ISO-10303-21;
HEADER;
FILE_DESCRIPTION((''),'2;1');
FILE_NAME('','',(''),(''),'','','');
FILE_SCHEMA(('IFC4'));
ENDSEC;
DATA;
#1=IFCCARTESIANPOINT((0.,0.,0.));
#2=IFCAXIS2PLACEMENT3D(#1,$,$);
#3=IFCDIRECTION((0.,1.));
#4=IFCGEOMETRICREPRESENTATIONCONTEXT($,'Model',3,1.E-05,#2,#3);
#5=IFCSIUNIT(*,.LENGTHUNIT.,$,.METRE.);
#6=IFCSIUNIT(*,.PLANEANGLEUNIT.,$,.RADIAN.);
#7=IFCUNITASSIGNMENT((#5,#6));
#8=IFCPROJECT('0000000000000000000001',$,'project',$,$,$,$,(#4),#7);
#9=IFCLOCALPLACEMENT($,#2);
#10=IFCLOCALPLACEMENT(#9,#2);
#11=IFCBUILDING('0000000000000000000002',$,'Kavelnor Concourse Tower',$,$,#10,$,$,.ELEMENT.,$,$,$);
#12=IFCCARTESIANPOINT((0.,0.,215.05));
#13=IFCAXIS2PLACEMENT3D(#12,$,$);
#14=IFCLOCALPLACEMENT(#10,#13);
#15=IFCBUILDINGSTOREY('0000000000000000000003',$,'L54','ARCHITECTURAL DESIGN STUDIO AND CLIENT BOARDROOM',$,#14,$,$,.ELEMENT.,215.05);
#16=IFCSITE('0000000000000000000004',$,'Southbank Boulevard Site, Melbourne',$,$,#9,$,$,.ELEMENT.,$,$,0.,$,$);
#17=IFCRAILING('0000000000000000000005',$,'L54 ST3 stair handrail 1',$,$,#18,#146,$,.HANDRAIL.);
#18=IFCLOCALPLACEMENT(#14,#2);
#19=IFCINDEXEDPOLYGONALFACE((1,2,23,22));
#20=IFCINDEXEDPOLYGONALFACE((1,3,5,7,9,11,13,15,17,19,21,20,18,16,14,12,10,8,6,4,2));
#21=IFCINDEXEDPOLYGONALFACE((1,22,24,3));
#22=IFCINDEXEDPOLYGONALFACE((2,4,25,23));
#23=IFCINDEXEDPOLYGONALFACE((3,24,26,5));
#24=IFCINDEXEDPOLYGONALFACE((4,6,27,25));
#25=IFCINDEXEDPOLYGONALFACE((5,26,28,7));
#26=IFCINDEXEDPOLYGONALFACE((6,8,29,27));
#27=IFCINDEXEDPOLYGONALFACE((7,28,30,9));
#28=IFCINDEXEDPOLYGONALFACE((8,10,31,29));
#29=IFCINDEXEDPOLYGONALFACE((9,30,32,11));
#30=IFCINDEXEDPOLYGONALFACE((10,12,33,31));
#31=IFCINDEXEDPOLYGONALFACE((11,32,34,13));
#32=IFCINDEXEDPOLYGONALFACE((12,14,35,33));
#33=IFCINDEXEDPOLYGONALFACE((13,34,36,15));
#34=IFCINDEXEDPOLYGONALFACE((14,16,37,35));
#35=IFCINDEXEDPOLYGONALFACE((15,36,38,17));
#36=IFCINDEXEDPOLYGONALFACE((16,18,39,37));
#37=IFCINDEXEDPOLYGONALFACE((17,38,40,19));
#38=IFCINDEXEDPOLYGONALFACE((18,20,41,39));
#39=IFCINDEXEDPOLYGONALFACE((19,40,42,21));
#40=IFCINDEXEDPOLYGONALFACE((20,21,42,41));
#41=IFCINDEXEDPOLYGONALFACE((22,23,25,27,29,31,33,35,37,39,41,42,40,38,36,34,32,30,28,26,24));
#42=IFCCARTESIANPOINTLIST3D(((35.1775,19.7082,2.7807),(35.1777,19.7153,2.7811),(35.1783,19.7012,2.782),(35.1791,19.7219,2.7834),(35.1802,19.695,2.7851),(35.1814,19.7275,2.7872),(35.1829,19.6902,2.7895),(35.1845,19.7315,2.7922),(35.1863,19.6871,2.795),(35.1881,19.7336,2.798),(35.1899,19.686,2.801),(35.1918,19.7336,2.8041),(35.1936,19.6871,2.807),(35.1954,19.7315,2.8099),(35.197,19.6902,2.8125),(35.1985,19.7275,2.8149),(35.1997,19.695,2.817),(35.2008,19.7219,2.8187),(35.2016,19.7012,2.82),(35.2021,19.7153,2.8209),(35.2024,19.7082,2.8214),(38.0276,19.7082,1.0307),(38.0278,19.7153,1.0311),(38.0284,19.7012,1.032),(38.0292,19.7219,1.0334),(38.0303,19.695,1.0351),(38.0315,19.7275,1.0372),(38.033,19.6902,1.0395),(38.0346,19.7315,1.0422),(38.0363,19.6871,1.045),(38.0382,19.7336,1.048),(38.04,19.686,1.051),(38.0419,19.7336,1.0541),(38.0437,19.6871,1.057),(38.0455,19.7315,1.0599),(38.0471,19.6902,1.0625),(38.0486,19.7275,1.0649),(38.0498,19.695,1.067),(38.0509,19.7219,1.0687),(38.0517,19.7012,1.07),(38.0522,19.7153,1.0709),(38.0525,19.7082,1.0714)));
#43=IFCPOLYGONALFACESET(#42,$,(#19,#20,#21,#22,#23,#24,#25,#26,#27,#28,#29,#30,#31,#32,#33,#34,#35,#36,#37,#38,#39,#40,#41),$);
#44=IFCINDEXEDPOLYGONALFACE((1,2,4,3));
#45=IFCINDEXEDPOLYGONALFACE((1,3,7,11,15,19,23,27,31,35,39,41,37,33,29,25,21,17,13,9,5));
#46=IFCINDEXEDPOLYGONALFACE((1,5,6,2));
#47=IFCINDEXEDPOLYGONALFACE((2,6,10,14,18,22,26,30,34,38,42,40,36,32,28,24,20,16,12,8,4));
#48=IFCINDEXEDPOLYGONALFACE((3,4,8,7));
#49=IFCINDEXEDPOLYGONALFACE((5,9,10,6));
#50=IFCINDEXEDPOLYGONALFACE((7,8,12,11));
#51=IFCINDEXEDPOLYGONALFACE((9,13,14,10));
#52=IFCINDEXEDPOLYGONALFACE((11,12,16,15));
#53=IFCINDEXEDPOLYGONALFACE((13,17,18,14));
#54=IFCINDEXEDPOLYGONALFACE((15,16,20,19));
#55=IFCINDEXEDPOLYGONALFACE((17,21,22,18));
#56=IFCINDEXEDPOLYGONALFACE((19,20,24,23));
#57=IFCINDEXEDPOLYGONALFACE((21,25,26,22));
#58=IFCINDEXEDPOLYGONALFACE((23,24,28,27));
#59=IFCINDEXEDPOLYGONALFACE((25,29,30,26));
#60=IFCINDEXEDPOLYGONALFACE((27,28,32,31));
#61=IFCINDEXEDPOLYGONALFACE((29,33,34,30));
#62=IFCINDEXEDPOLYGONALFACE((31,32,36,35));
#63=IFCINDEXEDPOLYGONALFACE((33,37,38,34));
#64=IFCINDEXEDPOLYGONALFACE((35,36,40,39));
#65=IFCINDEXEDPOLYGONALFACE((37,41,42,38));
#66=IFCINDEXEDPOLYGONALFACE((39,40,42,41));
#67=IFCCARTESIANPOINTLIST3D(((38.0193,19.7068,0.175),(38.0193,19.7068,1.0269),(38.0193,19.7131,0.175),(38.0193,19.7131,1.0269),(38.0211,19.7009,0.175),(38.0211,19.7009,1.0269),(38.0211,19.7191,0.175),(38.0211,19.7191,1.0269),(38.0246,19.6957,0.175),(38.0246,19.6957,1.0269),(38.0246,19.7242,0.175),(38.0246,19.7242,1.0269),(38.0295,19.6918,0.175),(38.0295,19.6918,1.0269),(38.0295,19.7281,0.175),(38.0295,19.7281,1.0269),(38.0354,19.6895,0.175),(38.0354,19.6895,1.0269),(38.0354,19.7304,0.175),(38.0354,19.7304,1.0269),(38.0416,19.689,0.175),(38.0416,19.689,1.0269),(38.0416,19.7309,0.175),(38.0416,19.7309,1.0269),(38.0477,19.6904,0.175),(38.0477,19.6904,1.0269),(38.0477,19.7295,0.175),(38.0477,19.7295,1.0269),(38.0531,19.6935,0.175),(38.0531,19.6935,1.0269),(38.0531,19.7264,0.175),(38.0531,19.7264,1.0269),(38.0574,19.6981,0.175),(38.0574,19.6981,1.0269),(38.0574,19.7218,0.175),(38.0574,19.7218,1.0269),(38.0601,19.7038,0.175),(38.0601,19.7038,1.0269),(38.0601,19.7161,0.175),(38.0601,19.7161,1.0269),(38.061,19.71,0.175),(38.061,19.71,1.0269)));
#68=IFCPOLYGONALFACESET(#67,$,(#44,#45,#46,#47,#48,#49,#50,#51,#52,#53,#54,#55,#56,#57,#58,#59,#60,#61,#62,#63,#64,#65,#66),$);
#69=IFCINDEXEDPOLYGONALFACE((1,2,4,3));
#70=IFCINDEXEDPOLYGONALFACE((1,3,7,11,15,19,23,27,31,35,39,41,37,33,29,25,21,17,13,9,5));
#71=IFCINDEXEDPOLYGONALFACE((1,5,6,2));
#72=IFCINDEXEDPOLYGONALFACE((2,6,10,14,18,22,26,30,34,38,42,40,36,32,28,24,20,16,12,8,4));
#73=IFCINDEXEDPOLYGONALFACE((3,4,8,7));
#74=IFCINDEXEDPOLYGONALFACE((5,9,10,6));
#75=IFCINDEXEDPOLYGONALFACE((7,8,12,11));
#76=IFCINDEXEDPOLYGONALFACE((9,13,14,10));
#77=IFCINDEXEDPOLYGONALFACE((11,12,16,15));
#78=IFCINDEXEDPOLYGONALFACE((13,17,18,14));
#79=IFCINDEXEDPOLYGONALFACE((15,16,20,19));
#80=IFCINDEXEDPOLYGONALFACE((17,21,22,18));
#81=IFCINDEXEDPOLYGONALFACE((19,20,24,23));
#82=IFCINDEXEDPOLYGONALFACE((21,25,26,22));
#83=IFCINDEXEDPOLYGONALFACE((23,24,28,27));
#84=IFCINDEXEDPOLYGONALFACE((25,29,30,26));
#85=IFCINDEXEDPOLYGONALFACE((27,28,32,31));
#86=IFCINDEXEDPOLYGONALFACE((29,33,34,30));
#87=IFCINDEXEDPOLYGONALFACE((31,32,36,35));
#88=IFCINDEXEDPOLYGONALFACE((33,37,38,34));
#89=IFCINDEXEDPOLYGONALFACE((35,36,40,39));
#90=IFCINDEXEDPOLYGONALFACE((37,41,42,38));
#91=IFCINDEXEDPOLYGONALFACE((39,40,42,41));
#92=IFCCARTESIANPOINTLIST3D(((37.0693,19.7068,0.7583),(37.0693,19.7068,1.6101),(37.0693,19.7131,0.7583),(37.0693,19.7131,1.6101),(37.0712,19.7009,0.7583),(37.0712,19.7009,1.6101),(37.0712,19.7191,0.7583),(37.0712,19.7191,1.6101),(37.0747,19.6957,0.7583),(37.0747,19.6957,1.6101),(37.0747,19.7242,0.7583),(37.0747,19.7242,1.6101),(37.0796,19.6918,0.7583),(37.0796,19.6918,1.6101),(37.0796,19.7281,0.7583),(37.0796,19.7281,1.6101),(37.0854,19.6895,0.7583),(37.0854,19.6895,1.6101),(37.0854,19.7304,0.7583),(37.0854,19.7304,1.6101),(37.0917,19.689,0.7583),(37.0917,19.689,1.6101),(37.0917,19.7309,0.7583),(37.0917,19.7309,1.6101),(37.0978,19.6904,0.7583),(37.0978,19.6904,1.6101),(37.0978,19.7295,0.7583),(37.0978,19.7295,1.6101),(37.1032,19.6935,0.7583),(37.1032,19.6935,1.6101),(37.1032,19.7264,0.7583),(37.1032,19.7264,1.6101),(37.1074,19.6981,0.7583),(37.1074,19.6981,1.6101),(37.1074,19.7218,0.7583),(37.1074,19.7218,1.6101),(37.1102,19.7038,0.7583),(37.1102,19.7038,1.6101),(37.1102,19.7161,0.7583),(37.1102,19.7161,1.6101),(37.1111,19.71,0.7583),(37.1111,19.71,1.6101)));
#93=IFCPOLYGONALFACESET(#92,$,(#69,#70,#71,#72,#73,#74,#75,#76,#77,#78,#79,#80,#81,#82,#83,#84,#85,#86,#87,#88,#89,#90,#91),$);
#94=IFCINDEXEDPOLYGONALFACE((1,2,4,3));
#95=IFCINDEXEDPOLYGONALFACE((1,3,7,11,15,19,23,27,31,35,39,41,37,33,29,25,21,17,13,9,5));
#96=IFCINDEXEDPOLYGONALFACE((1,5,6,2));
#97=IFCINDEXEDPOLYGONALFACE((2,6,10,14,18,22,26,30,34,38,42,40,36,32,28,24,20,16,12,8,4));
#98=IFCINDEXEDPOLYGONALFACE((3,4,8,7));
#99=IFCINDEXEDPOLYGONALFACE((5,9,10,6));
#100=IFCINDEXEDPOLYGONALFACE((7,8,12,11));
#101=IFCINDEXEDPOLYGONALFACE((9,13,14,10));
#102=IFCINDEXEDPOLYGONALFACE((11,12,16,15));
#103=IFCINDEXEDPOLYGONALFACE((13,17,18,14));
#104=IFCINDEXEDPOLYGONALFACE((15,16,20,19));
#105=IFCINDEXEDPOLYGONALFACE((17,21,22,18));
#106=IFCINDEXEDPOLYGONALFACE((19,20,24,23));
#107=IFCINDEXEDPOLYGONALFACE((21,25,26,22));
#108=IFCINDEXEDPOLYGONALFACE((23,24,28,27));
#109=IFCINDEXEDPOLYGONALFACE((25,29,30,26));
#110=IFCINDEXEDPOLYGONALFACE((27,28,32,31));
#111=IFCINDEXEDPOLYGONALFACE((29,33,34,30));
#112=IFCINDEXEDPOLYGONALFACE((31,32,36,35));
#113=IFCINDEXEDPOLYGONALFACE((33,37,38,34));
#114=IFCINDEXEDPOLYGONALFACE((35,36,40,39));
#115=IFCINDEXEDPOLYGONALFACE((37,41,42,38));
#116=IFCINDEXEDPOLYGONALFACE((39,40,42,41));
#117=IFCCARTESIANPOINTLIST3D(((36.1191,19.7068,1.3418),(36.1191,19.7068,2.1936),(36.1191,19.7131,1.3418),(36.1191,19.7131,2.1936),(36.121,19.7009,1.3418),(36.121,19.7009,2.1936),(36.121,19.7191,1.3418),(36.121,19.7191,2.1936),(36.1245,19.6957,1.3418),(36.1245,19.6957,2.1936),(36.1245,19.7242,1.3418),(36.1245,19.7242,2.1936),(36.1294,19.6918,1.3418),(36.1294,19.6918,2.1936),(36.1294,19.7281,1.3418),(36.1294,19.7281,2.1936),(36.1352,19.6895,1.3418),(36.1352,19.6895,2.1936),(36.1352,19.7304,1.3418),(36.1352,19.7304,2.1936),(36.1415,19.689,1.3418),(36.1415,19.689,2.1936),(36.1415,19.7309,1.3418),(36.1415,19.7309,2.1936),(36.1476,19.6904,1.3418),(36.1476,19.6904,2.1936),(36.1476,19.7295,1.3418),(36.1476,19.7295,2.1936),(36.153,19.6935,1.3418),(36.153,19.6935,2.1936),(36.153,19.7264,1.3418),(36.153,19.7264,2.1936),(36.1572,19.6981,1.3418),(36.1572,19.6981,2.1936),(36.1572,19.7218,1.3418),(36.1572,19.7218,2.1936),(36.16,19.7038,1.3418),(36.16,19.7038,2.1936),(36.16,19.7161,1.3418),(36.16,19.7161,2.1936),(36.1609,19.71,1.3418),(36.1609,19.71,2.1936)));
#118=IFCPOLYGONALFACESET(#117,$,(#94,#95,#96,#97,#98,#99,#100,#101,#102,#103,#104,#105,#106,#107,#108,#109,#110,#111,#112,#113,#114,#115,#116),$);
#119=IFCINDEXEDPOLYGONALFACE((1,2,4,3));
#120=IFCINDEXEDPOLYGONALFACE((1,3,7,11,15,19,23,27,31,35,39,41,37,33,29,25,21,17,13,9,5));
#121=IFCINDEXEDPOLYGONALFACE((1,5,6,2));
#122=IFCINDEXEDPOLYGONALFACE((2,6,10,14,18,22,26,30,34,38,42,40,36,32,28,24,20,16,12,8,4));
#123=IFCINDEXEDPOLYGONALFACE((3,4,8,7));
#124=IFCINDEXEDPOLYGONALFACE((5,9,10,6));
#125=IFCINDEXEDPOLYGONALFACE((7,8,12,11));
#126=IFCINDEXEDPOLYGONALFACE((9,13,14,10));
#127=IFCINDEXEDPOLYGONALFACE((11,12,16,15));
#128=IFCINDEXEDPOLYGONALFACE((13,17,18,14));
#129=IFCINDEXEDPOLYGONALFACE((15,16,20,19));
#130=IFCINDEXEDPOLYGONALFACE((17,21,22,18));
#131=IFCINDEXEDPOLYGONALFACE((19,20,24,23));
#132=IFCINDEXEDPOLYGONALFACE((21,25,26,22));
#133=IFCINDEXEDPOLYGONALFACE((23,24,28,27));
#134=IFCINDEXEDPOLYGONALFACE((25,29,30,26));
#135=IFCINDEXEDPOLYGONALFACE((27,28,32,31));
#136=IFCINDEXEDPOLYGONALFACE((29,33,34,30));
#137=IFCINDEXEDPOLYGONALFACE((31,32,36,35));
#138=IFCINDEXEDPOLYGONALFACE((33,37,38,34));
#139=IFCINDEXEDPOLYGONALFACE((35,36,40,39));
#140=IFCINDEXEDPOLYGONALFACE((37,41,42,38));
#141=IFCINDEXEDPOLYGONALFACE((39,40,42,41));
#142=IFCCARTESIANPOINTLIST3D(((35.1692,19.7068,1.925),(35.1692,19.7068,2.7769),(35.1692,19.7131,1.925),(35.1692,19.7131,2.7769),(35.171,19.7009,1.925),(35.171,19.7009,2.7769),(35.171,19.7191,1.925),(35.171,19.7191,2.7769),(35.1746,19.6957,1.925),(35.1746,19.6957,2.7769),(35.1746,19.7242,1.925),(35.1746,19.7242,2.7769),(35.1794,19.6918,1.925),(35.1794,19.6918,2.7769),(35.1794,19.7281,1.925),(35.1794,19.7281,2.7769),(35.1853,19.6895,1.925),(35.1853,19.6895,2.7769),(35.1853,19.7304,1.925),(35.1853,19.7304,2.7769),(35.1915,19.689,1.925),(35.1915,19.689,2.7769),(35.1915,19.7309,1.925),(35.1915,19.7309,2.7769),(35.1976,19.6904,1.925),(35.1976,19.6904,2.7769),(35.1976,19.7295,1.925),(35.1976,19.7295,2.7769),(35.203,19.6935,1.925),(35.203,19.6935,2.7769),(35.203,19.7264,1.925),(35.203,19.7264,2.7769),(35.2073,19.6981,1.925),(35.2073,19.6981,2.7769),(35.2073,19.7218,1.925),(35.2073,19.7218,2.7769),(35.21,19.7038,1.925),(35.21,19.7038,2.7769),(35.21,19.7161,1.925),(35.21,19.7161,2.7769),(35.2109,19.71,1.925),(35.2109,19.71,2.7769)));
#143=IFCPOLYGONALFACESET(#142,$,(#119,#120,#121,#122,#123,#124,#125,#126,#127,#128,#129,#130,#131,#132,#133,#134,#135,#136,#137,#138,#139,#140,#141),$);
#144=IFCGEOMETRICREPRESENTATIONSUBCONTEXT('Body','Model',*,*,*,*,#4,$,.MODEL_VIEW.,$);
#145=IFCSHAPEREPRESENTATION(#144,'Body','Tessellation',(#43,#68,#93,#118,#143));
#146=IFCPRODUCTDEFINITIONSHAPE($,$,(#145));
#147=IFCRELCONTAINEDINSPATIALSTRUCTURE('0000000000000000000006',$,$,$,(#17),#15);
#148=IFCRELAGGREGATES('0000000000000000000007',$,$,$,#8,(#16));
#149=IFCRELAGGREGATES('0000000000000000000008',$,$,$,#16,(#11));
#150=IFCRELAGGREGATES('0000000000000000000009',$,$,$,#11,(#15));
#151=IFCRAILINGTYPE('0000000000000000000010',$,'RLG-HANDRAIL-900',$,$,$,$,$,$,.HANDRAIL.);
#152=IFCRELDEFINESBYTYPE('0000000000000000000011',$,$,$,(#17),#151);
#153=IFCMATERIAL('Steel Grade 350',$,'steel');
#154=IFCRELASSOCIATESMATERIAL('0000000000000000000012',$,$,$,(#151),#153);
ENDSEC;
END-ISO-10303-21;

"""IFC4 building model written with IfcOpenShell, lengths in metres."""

from ifc_helpers import new_model, si_unit, direction, frame, origin, origin_2d, place, context, subcontext, project, spatial, circle, extrude, material, type_object, element, save


model = new_model("IFC4")

# Units and contexts
model_context = context("Model", 3, precision=1e-05, world=origin(), true_north=direction((0.0, 1.0)))
body_context = subcontext(model_context, "Body", "Model", "MODEL_VIEW")
ifc_project = project(units=[si_unit("LENGTHUNIT", "METRE"), si_unit("PLANEANGLEUNIT", "RADIAN")], contexts=[model_context])

# Site, building, storey
site_placement = place(None, origin())
site = spatial("IfcSite", under=ifc_project, at=site_placement, Name="Southbank Boulevard Site, Melbourne", CompositionType="ELEMENT", RefElevation=0.0)
building_placement = place(site_placement, origin())
building = spatial("IfcBuilding", under=site, at=building_placement, Name="Kavelnor Concourse Tower", CompositionType="ELEMENT")
storey_placement = place(building_placement, frame((0.0, 0.0, 215.05)))
storey = spatial("IfcBuildingStorey", under=building, at=storey_placement, Name="L54", Description="ARCHITECTURAL DESIGN STUDIO AND CLIENT BOARDROOM", CompositionType="ELEMENT", Elevation=215.05)

# Shared definitions
ifc_material_1 = material(Name="Steel Grade 350", Category="steel")

# Railing
railing_type_1 = type_object("IfcRailingType", Name="RLG-HANDRAIL-900", PredefinedType="HANDRAIL", material=ifc_material_1)
railing_1_placement = place(storey_placement, frame((38.04, 19.71, 0.175)))
element("IfcRailing", 1, at=railing_1_placement, inside=storey, type_object=railing_type_1, Name="L54 ST3 stair handrail 1", PredefinedType="HANDRAIL", context=body_context, shape_type="SweptSolid", body=[
    extrude(circle(Radius=0.0239, at=origin_2d()), frame((0.0, 0.0, 0.876), z_axis=(-0.852179, 0.0, 0.52325), x_axis=(0.0, -1.0, 0.0)), (0.0, 0.0, 1.0), 3.3445),
    extrude(circle(Radius=0.021, at=origin_2d()), origin(), (0.0, 0.0, 1.0), 0.8518),
    extrude(circle(Radius=0.021, at=origin_2d()), frame((-0.95, 0.0, 0.5833)), (0.0, 0.0, 1.0), 0.8518),
    extrude(circle(Radius=0.021, at=origin_2d()), frame((-1.9001, 0.0, 1.1667)), (0.0, 0.0, 1.0), 0.8518),
    extrude(circle(Radius=0.021, at=origin_2d()), frame((-2.8501, 0.0, 1.75)), (0.0, 0.0, 1.0), 0.8518),
])

save(model, "model.ifc")
